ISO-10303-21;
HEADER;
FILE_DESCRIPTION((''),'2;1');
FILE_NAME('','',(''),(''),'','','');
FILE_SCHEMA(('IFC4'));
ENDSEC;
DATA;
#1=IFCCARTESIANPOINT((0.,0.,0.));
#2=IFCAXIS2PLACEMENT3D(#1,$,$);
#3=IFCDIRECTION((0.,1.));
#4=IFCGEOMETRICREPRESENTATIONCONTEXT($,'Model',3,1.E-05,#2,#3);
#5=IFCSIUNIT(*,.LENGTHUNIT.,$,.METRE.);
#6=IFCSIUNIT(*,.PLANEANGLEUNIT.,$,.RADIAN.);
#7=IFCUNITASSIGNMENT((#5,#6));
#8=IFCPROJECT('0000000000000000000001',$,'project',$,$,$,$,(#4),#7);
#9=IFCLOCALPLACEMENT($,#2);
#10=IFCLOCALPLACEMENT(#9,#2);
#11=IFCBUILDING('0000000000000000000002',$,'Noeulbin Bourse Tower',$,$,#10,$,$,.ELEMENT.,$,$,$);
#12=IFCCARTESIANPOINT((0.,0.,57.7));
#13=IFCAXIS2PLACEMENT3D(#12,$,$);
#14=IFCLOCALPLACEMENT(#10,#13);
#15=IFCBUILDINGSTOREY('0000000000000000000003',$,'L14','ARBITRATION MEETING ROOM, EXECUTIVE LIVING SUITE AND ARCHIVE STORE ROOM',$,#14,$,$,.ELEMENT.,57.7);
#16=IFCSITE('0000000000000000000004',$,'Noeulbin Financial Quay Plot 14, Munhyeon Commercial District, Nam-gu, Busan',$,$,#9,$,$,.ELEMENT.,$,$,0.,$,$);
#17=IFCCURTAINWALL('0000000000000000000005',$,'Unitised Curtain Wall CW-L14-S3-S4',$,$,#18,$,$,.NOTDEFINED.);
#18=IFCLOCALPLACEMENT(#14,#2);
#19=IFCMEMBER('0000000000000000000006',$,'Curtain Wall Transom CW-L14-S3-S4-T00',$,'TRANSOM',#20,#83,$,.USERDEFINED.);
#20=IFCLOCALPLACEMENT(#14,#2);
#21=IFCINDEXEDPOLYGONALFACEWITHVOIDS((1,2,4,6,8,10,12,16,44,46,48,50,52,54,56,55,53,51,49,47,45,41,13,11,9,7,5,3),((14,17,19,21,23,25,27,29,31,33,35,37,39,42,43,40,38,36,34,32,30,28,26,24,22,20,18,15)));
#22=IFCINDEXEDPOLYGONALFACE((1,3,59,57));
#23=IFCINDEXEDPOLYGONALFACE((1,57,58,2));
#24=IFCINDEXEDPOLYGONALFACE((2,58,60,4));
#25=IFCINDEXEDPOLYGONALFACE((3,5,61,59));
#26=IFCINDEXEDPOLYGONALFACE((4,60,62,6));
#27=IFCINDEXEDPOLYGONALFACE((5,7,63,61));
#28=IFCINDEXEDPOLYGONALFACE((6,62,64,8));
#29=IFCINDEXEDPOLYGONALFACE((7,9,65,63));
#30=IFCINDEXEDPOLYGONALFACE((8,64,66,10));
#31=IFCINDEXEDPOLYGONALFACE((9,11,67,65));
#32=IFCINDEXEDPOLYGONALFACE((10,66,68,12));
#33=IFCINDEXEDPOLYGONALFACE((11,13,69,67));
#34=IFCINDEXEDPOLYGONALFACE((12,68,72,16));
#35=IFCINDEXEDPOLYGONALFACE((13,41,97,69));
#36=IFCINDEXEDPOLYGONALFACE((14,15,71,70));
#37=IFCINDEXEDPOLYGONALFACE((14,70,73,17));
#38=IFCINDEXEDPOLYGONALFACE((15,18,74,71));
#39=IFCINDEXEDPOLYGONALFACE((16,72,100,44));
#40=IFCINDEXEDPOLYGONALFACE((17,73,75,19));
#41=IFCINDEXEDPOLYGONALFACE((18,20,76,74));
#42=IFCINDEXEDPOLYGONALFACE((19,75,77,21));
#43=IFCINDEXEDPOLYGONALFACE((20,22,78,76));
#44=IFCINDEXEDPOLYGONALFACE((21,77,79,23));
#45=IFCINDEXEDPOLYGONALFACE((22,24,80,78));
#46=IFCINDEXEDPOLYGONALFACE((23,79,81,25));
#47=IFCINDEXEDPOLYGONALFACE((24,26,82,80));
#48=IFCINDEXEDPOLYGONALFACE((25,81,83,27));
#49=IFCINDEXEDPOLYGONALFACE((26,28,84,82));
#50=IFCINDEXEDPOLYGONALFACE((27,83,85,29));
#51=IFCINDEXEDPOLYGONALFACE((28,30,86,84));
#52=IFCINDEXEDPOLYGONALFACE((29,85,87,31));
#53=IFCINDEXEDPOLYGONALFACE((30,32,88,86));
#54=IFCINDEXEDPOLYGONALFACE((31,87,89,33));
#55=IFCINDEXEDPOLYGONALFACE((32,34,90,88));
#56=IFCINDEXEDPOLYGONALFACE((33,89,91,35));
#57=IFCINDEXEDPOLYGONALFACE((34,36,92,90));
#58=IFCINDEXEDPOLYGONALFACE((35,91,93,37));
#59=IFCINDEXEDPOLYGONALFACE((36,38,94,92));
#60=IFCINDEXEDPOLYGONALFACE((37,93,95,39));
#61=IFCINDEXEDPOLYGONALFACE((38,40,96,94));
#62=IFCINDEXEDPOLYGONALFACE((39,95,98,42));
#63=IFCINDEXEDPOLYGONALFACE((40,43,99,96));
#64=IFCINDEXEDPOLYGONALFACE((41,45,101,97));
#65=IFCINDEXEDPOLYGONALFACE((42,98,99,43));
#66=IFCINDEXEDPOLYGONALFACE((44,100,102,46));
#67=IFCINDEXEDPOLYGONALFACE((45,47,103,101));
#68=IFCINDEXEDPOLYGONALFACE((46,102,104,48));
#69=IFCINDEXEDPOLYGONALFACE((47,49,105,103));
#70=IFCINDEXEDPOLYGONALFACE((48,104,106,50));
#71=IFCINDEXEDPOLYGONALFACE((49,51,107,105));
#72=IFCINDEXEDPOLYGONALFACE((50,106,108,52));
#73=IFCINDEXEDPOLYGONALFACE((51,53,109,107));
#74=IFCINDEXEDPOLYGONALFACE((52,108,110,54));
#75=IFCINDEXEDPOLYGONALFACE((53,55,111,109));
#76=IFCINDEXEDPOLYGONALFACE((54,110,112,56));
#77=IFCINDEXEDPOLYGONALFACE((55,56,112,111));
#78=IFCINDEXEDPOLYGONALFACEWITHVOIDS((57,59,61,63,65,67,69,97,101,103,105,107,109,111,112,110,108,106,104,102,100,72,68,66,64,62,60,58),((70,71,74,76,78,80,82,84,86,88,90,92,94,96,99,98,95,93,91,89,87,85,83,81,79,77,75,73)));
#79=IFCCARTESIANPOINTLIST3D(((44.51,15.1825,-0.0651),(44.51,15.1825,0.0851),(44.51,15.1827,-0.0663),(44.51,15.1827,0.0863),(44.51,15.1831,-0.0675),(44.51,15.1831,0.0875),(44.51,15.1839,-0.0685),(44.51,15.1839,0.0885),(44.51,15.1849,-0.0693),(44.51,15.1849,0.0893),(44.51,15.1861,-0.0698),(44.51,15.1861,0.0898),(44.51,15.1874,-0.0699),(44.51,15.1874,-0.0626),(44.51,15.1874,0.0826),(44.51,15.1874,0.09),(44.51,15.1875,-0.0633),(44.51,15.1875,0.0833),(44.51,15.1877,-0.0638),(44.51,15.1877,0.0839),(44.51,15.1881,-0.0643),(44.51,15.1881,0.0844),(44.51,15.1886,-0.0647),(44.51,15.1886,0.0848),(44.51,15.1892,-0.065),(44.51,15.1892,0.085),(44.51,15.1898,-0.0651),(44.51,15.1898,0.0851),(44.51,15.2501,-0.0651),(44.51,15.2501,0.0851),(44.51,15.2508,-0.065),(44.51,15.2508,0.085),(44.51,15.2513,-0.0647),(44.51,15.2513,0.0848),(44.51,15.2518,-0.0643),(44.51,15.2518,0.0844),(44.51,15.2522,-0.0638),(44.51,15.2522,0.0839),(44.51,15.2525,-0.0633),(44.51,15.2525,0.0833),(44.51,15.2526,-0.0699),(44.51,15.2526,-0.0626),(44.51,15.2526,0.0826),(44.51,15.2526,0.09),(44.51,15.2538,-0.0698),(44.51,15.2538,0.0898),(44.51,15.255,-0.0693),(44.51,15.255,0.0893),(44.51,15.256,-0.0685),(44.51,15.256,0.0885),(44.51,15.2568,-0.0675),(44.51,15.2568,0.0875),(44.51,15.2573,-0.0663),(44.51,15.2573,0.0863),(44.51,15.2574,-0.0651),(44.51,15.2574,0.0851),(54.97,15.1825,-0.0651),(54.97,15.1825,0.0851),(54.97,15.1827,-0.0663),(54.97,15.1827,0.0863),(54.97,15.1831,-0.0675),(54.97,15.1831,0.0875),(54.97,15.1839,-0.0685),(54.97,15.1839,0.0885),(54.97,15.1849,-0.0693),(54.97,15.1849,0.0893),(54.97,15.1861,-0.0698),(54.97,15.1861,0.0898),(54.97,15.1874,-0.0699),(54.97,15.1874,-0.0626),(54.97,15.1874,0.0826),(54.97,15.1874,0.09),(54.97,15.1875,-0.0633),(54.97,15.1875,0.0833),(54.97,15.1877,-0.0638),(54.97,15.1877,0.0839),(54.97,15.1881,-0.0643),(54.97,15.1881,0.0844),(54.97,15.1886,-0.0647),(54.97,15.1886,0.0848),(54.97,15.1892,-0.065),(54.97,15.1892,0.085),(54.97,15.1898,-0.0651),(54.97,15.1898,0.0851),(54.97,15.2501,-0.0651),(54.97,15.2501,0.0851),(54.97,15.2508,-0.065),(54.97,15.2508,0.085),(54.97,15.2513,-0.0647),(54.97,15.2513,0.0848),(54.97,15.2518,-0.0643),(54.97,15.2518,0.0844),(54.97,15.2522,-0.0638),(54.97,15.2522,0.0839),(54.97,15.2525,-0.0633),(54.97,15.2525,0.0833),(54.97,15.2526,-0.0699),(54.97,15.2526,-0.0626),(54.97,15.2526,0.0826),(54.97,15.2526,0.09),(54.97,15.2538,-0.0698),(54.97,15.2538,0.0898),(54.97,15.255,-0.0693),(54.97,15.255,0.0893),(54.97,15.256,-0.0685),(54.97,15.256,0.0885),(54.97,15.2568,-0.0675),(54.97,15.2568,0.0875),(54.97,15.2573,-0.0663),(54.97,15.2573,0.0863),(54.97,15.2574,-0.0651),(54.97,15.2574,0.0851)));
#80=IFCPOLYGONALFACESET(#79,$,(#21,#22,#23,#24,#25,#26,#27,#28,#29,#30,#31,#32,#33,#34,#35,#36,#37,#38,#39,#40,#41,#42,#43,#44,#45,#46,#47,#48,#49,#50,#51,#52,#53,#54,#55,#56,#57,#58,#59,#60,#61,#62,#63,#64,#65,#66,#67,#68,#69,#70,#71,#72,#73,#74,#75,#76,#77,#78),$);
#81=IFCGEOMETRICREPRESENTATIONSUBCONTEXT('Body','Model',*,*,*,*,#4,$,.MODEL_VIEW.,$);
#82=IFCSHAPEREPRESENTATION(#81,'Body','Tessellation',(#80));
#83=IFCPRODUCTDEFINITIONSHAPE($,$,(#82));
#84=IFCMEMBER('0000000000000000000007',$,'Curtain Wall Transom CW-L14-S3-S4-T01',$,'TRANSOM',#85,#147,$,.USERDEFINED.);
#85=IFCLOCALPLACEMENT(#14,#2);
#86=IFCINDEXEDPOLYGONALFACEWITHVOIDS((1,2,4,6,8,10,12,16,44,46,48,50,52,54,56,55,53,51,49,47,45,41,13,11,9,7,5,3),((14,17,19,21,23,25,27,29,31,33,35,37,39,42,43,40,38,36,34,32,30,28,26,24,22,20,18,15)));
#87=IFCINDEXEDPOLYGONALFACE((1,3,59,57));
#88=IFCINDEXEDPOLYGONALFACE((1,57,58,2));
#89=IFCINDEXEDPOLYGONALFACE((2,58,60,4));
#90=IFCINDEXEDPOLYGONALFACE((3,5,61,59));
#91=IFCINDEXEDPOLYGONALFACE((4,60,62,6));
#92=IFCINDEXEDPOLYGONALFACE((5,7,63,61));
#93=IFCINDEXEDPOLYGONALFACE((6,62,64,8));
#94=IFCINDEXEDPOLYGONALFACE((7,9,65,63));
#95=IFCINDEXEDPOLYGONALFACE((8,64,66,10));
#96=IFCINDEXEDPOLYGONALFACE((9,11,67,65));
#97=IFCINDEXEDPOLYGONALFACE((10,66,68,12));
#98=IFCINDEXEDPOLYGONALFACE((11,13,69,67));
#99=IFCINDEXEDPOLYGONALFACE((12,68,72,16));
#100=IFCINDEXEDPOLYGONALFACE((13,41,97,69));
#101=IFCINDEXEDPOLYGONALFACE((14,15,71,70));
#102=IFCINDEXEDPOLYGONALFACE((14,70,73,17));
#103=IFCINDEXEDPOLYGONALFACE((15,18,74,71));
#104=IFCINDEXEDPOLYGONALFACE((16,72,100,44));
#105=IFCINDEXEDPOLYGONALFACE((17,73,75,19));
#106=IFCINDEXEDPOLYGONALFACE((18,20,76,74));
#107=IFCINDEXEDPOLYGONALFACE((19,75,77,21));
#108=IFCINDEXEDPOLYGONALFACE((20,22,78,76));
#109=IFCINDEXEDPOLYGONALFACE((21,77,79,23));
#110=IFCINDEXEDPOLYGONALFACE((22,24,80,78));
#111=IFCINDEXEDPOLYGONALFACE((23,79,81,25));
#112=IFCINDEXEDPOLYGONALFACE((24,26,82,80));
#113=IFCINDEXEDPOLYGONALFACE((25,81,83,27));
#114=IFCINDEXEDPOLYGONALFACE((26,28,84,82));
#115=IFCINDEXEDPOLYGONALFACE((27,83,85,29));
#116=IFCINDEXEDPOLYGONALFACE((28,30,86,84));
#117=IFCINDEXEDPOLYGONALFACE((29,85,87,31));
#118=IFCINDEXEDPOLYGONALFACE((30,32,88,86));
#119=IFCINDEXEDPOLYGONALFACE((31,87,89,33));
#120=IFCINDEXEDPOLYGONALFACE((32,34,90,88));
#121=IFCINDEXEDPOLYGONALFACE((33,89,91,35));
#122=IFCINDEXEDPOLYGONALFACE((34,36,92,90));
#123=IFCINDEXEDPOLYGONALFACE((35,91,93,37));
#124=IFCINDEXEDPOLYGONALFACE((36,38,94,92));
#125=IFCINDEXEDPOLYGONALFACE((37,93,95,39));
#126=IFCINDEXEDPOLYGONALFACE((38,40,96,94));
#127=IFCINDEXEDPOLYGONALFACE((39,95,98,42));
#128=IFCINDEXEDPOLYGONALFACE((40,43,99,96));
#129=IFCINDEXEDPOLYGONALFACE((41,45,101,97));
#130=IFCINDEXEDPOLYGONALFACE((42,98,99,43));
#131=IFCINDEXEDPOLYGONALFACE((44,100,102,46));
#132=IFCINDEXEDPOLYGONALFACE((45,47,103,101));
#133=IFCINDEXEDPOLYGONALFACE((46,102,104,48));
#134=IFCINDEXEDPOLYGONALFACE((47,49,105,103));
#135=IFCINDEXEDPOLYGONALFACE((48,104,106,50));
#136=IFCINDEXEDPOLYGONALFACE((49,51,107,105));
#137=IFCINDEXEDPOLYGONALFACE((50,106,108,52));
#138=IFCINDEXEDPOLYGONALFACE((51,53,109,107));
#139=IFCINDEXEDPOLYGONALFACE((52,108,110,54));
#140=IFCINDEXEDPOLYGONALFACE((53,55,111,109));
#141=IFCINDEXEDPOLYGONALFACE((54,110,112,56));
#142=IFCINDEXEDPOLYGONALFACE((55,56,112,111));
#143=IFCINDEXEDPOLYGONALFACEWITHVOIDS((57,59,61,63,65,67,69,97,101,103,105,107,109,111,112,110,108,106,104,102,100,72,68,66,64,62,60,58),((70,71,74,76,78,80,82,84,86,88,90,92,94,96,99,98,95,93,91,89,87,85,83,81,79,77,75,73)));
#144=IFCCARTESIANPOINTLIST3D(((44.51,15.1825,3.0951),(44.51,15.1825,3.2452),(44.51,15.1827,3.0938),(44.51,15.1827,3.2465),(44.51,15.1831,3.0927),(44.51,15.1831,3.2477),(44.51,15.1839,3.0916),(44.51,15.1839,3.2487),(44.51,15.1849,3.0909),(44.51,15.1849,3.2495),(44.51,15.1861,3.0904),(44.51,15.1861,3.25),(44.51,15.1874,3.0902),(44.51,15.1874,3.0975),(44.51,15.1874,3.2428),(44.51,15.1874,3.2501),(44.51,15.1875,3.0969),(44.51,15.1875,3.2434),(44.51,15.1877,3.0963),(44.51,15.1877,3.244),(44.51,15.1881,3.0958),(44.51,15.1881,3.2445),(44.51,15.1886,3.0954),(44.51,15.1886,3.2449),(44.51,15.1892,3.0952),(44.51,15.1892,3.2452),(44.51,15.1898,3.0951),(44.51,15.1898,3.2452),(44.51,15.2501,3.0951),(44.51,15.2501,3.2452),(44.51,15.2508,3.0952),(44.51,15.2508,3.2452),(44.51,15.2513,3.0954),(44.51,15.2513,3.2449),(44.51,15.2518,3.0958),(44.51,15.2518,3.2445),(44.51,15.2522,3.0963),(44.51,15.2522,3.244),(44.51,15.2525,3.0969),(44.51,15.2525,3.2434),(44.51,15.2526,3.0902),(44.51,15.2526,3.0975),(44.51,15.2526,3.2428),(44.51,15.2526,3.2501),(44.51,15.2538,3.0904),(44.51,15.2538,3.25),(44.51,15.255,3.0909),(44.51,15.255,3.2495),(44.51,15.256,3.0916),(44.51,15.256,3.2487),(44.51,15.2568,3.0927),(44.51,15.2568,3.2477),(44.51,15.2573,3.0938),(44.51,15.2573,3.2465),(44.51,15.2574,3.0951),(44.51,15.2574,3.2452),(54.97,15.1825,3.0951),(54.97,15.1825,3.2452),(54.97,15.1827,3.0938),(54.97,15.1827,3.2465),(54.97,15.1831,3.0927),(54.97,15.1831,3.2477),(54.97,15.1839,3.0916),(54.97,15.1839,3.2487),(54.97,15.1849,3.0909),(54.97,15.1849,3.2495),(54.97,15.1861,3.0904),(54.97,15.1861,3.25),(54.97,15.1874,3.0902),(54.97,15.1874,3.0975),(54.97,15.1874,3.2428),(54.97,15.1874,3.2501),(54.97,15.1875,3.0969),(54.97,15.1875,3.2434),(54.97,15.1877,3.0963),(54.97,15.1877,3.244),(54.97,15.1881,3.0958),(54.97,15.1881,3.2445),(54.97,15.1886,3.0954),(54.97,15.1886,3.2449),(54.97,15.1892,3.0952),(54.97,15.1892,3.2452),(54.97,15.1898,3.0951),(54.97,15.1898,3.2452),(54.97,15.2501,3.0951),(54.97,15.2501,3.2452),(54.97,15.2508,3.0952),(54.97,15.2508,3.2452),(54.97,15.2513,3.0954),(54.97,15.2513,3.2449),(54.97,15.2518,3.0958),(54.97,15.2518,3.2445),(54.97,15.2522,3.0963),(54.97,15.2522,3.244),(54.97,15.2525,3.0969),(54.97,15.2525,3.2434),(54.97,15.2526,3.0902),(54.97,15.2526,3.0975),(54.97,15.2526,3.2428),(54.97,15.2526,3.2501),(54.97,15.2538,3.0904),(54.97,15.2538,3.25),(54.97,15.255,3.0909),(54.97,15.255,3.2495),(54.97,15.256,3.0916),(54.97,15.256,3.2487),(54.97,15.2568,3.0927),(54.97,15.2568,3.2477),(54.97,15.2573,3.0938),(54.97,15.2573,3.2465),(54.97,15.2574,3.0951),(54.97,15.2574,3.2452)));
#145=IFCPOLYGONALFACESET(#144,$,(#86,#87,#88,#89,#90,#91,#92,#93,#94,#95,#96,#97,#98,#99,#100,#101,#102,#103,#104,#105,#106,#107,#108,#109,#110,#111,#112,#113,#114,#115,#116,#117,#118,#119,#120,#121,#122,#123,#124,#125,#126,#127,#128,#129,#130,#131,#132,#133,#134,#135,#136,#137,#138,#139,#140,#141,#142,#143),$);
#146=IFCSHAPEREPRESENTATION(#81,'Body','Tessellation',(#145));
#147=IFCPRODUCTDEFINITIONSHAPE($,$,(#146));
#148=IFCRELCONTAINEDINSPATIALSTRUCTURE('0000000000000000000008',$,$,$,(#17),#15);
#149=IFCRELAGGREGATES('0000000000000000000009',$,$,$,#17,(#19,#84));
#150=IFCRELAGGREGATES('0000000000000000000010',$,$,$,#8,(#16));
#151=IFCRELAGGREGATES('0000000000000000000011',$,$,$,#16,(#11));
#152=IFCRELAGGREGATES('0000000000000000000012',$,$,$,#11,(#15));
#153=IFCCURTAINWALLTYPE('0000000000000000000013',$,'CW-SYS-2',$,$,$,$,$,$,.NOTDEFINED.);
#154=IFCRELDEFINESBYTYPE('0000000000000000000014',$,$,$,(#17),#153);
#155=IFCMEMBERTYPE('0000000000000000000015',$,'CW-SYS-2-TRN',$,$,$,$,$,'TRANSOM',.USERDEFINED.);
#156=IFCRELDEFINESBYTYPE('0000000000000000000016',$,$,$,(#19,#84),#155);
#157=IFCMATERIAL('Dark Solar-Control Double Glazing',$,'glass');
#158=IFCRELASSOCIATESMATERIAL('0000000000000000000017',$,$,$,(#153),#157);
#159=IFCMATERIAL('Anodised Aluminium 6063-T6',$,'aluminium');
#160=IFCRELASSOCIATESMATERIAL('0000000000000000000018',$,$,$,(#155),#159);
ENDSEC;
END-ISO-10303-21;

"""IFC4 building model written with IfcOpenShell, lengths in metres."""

from ifc_helpers import new_model, si_unit, direction, frame, origin, origin_2d, place, context, subcontext, project, spatial, hollow_rectangle, extrude, material, material_profile, profile_set, type_object, element, aggregate, save


model = new_model("IFC4")

# Units and contexts
model_context = context("Model", 3, precision=1e-05, world=origin(), true_north=direction((0.0, 1.0)))
body_context = subcontext(model_context, "Body", "Model", "MODEL_VIEW")
ifc_project = project(units=[si_unit("LENGTHUNIT", "METRE"), si_unit("PLANEANGLEUNIT", "RADIAN")], contexts=[model_context])

# Site, building, storey
site_placement = place(None, origin())
site = spatial("IfcSite", under=ifc_project, at=site_placement, Name="Noeulbin Financial Quay Plot 14, Munhyeon Commercial District, Nam-gu, Busan", CompositionType="ELEMENT", RefElevation=0.0)
building_placement = place(site_placement, origin())
building = spatial("IfcBuilding", under=site, at=building_placement, Name="Noeulbin Bourse Tower", CompositionType="ELEMENT")
storey_placement = place(building_placement, frame((0.0, 0.0, 57.7)))
storey = spatial("IfcBuildingStorey", under=building, at=storey_placement, Name="L14", Description="ARBITRATION MEETING ROOM, EXECUTIVE LIVING SUITE AND ARCHIVE STORE ROOM", CompositionType="ELEMENT", Elevation=57.7)

# Curtain wall
ifc_material_1 = material(Name="Dark Solar-Control Double Glazing", Category="glass")
curtain_wall_type = type_object("IfcCurtainWallType", Name="CW-SYS-2", PredefinedType="NOTDEFINED", material=ifc_material_1)
curtain_wall_1_placement = place(storey_placement, origin())
curtain_wall_1 = element("IfcCurtainWall", 1, at=curtain_wall_1_placement, inside=storey, type_object=curtain_wall_type, Name="Unitised Curtain Wall CW-L14-S3-S4", PredefinedType="NOTDEFINED")
ifc_material_2 = material(Name="Anodised Aluminium 6063-T6", Category="aluminium")

# Members
ifc_material_profile_1 = material_profile(ifc_material_2, hollow_rectangle(XDim=0.075, YDim=0.1599, WallThickness=0.0049, InnerFilletRadius=0.0024, OuterFilletRadius=0.0049, at=origin_2d()), Name="ALU-TRAN-75x160x5", Category="LoadBearing")
ifc_profile_set_1 = profile_set([ifc_material_profile_1], Name="Anodised Aluminium 6063-T6")
member_type_1 = type_object("IfcMemberType", Name="CW-SYS-2-TRN", ElementType="TRANSOM", PredefinedType="USERDEFINED", material=ifc_profile_set_1)
member_1_placement = place(storey_placement, frame((44.51, 15.22, 0.01), z_axis=(1.0, 0.0, 0.0), x_axis=(0.0, 1.0, 0.0)))
member_1 = element("IfcMember", 2, at=member_1_placement, type_object=member_type_1, Name="Curtain Wall Transom CW-L14-S3-S4-T00", ObjectType="TRANSOM", PredefinedType="USERDEFINED", context=body_context, shape_type="SweptSolid", body=[
    extrude(hollow_rectangle(XDim=0.075, YDim=0.1599, WallThickness=0.0049, InnerFilletRadius=0.0024, OuterFilletRadius=0.0049, at=origin_2d()), origin(), (0.0, 0.0, 1.0), 10.46),
])
member_2_placement = place(storey_placement, frame((44.51, 15.22, 3.1702), z_axis=(1.0, 0.0, 0.0), x_axis=(0.0, 1.0, 0.0)))
member_2 = element("IfcMember", 3, at=member_2_placement, type_object=member_type_1, Name="Curtain Wall Transom CW-L14-S3-S4-T01", ObjectType="TRANSOM", PredefinedType="USERDEFINED", context=body_context, shape_type="SweptSolid", body=[
    extrude(hollow_rectangle(XDim=0.075, YDim=0.1599, WallThickness=0.0049, InnerFilletRadius=0.0024, OuterFilletRadius=0.0049, at=origin_2d()), origin(), (0.0, 0.0, 1.0), 10.46),
])

aggregate(curtain_wall_1, [member_1, member_2])

save(model, "model.ifc")
